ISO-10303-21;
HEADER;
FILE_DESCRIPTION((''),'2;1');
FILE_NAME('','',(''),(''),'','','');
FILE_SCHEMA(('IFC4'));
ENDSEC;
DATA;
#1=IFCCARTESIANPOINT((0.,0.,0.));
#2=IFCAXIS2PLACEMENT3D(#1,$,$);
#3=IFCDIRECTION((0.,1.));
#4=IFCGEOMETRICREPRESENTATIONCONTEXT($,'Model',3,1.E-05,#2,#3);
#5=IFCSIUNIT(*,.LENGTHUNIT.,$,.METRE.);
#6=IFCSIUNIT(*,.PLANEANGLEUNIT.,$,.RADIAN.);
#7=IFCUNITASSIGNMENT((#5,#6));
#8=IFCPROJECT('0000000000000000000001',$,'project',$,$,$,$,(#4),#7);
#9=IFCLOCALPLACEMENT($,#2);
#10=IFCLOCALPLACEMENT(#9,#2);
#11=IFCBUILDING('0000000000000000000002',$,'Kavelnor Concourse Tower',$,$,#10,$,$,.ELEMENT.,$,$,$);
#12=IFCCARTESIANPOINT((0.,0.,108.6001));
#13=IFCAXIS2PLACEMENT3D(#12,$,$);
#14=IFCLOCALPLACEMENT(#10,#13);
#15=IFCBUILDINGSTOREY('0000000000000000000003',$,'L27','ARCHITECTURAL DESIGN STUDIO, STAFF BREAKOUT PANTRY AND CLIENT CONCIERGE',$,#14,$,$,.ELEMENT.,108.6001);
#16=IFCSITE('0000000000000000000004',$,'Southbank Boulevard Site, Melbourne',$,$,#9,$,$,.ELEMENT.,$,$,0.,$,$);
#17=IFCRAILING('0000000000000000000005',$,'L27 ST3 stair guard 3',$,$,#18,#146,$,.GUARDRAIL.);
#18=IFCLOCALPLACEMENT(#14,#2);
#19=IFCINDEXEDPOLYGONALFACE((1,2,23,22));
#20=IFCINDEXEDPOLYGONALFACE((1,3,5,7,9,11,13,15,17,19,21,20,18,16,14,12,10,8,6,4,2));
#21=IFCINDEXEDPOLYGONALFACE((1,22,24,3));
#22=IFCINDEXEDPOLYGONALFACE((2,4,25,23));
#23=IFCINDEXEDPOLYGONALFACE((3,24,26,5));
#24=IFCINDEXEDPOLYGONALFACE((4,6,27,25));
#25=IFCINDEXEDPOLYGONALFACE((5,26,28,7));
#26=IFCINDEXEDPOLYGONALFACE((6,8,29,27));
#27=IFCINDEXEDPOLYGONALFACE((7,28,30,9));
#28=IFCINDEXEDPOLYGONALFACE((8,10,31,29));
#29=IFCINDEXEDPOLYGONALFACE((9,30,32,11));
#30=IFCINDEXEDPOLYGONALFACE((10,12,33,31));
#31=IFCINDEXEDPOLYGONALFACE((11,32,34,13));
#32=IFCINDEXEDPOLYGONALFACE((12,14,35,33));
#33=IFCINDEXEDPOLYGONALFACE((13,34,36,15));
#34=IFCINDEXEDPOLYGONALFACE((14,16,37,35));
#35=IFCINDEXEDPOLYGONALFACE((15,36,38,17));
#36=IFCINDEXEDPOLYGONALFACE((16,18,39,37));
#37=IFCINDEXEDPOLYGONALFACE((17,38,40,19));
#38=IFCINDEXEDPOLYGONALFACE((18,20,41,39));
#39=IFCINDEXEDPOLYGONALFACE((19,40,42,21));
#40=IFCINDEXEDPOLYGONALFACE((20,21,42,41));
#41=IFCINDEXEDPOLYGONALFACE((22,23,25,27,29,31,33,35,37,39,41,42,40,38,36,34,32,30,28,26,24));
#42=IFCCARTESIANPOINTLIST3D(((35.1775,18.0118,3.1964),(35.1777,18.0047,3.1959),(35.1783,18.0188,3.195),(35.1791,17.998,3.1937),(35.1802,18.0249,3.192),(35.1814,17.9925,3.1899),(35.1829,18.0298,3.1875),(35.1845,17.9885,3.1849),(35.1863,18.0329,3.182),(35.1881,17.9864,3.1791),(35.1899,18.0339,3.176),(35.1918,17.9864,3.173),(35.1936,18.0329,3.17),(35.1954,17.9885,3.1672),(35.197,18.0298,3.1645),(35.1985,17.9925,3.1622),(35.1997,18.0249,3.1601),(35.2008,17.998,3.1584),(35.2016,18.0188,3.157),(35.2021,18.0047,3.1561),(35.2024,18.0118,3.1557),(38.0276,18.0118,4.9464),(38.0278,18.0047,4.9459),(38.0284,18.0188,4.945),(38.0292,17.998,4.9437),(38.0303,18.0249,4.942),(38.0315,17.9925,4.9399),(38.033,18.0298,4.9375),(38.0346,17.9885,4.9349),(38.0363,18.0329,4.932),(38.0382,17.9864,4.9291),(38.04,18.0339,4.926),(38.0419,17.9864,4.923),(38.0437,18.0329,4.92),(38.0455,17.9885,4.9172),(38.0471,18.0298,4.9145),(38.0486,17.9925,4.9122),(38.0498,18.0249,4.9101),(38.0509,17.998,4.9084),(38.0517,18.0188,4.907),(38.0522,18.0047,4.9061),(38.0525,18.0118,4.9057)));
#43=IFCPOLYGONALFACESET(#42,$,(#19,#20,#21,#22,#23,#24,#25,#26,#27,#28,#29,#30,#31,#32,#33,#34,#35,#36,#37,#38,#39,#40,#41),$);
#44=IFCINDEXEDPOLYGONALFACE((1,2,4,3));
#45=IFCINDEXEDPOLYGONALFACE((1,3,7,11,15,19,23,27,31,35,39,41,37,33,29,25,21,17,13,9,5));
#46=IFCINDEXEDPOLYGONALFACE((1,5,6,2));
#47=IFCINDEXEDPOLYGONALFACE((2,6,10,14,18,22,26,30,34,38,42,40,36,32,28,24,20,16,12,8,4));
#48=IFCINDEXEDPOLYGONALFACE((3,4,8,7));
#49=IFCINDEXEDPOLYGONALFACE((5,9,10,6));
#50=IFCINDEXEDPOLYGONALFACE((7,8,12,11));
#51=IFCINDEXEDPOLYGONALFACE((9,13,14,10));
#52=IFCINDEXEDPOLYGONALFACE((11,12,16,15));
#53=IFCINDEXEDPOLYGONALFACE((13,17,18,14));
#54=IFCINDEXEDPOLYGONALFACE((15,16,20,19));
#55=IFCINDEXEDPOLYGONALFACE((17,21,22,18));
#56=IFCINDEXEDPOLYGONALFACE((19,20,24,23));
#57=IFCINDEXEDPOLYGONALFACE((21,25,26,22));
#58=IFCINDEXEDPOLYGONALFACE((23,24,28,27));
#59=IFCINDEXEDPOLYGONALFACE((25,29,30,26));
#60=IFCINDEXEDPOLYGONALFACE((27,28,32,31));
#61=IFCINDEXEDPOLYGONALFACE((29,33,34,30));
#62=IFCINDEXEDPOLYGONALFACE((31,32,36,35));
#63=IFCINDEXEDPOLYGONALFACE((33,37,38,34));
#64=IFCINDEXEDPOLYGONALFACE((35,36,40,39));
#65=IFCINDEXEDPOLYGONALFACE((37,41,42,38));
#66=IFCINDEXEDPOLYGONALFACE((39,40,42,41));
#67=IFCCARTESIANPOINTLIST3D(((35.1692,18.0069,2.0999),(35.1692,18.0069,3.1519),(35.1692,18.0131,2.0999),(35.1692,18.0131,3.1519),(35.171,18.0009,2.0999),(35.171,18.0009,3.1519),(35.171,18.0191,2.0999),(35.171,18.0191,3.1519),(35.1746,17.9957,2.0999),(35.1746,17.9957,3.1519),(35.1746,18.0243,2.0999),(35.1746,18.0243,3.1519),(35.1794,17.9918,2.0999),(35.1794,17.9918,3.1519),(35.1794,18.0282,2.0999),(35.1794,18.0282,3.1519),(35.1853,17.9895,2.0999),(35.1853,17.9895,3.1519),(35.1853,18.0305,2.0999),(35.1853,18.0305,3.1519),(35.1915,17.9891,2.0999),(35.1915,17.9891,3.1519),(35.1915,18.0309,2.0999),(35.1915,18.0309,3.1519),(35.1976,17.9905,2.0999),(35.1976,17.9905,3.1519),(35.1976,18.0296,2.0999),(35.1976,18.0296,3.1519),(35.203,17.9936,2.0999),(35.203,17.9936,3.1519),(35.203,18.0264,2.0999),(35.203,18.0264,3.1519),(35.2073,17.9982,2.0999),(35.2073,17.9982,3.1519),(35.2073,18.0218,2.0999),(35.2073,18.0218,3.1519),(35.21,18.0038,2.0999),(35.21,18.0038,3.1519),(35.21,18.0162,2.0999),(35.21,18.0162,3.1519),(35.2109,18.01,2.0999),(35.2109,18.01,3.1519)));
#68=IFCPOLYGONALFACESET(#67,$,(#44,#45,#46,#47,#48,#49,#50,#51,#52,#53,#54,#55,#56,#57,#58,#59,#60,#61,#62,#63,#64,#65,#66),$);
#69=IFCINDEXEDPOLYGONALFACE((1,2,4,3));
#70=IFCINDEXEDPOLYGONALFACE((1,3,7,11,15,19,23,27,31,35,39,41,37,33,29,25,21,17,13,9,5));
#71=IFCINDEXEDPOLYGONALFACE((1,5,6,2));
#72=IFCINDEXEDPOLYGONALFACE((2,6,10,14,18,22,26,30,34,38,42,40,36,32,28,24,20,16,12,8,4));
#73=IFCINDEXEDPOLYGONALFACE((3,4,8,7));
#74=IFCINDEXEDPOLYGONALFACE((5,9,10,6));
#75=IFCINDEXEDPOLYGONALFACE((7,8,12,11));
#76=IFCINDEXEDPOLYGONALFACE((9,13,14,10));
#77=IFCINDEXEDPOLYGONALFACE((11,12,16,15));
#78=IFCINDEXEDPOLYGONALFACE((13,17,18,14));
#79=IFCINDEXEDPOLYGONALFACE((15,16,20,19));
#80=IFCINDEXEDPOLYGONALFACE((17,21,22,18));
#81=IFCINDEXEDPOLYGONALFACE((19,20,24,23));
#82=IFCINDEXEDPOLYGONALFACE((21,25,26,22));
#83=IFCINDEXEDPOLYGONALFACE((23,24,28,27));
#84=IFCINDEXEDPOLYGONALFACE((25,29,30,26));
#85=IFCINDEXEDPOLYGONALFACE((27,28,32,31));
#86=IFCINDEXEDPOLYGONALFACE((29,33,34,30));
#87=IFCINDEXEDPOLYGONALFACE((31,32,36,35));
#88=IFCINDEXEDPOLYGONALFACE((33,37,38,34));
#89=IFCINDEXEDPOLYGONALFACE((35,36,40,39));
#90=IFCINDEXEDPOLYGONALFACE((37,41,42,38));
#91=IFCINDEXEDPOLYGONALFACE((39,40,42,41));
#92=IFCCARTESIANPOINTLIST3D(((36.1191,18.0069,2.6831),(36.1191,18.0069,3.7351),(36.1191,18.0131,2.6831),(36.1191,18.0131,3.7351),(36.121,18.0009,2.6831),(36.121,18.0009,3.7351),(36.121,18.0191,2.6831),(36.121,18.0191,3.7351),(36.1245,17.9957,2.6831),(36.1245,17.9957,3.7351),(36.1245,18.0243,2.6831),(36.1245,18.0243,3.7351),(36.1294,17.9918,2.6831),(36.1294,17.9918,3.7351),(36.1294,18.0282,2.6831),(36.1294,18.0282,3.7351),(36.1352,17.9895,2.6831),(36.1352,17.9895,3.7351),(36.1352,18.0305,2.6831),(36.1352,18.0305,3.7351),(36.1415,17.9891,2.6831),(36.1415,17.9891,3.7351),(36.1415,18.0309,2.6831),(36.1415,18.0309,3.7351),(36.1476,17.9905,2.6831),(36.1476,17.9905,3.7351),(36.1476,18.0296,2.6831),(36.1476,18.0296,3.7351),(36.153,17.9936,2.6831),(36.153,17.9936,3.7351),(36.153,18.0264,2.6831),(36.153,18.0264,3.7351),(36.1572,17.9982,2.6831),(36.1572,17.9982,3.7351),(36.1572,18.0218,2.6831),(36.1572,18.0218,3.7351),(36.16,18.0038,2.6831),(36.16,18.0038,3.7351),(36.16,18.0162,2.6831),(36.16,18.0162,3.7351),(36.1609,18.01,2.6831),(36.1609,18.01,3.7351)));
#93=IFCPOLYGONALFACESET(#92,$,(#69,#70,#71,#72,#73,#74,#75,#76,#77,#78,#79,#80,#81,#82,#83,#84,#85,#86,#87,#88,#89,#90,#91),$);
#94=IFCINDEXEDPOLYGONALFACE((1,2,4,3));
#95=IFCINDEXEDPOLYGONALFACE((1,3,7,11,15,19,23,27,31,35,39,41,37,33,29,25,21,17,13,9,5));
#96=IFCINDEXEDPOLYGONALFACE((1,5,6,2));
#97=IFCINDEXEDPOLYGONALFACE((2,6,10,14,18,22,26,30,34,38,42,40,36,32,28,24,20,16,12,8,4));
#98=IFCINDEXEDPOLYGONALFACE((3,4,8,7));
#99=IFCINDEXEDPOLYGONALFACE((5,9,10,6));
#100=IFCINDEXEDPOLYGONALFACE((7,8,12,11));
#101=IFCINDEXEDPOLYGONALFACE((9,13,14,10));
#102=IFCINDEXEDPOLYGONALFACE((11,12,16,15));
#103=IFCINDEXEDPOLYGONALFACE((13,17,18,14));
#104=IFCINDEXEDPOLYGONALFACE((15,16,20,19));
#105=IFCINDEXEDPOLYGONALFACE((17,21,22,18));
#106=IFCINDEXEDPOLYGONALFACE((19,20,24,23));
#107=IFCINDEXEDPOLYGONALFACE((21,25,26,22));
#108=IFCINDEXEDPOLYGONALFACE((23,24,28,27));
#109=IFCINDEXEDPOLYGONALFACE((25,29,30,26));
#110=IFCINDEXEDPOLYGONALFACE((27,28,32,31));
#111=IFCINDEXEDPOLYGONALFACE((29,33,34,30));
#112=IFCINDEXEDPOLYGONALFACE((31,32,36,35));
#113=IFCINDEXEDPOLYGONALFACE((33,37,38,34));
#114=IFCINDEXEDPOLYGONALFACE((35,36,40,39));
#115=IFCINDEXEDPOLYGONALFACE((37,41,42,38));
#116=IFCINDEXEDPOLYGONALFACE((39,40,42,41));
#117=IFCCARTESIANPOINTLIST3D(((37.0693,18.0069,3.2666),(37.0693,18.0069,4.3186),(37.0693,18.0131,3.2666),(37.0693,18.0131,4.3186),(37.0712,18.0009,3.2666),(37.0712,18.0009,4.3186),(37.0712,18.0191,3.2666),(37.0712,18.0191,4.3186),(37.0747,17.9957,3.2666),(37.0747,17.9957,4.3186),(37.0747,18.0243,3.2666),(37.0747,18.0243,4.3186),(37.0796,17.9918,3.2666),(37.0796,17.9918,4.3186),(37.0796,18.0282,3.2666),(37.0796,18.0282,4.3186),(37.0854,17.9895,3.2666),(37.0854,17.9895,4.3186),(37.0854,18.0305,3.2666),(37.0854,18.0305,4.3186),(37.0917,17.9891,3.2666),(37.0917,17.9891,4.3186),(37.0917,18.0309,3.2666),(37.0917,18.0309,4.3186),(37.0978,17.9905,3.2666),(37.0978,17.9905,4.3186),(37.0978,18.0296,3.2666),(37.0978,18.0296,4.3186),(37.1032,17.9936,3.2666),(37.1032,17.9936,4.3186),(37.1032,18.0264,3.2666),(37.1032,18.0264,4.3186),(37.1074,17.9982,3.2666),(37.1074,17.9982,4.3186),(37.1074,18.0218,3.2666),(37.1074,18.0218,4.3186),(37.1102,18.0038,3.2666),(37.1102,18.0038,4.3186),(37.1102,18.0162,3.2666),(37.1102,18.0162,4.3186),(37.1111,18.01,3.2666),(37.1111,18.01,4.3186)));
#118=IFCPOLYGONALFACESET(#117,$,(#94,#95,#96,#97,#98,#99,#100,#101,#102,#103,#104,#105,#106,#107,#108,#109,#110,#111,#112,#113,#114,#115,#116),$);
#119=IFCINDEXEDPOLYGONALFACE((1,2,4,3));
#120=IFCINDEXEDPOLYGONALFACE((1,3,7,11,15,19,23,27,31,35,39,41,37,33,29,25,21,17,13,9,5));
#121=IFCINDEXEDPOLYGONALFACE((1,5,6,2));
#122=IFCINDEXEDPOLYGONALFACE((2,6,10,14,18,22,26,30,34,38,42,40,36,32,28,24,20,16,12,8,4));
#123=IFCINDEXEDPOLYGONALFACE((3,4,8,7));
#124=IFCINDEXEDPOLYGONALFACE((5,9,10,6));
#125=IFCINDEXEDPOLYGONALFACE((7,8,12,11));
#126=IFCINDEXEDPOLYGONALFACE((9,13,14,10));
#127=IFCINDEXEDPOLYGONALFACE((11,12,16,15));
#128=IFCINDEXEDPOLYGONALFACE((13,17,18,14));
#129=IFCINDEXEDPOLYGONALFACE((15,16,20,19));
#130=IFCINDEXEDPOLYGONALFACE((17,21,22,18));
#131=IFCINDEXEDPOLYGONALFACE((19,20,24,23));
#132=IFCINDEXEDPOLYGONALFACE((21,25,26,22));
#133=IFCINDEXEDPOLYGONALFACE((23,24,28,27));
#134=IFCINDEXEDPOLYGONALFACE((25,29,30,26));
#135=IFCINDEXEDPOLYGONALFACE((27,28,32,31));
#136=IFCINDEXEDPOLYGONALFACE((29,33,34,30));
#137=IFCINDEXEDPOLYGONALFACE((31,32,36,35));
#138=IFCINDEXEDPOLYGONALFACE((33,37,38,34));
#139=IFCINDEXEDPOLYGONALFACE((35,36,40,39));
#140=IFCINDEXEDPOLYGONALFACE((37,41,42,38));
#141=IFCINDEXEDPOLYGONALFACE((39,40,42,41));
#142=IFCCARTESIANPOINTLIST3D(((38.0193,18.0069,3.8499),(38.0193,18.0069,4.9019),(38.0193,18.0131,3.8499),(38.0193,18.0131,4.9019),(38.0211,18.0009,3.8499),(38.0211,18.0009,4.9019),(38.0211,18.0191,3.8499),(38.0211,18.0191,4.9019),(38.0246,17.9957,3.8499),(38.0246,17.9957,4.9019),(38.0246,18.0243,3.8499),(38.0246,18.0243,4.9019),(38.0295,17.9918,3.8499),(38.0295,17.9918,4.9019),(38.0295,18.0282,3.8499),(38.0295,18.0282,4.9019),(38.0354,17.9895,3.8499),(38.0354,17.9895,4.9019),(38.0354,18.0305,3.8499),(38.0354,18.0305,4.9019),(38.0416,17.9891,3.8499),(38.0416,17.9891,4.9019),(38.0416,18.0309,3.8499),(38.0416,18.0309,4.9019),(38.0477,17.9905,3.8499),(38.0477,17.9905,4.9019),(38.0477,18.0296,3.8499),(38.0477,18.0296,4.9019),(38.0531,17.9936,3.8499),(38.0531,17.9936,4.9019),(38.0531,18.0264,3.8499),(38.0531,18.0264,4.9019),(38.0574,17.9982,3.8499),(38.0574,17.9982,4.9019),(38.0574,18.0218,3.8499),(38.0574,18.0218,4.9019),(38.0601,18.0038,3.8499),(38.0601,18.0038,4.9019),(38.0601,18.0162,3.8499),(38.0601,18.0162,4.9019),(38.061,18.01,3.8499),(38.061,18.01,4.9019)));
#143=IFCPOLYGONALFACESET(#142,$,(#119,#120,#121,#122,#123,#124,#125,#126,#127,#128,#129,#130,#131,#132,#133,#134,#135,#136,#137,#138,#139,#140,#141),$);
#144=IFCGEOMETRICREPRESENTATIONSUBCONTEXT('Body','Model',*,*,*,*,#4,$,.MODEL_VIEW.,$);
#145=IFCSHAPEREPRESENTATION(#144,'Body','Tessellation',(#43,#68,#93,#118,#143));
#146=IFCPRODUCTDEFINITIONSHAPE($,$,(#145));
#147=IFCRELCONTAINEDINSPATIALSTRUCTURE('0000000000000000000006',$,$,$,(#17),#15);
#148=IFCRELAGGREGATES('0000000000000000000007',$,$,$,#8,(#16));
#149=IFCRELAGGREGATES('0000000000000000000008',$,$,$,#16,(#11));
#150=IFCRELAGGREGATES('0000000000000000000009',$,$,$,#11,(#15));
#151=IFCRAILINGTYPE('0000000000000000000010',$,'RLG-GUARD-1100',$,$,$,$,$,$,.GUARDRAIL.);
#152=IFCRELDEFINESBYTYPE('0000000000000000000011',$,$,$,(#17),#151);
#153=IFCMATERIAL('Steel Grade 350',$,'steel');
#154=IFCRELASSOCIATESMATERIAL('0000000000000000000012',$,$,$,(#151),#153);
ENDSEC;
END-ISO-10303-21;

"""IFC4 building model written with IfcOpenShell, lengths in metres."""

from ifc_helpers import new_model, si_unit, direction, frame, origin, origin_2d, place, context, subcontext, project, spatial, circle, extrude, material, type_object, element, save


model = new_model("IFC4")

# Units and contexts
model_context = context("Model", 3, precision=1e-05, world=origin(), true_north=direction((0.0, 1.0)))
body_context = subcontext(model_context, "Body", "Model", "MODEL_VIEW")
ifc_project = project(units=[si_unit("LENGTHUNIT", "METRE"), si_unit("PLANEANGLEUNIT", "RADIAN")], contexts=[model_context])

# Site, building, storey
site_placement = place(None, origin())
site = spatial("IfcSite", under=ifc_project, at=site_placement, Name="Southbank Boulevard Site, Melbourne", CompositionType="ELEMENT", RefElevation=0.0)
building_placement = place(site_placement, origin())
building = spatial("IfcBuilding", under=site, at=building_placement, Name="Kavelnor Concourse Tower", CompositionType="ELEMENT")
storey_placement = place(building_placement, frame((0.0, 0.0, 108.6001)))
storey = spatial("IfcBuildingStorey", under=building, at=storey_placement, Name="L27", Description="ARCHITECTURAL DESIGN STUDIO, STAFF BREAKOUT PANTRY AND CLIENT CONCIERGE", CompositionType="ELEMENT", Elevation=108.6001)

# Shared definitions
ifc_material_1 = material(Name="Steel Grade 350", Category="steel")

# Railing
railing_type_1 = type_object("IfcRailingType", Name="RLG-GUARD-1100", PredefinedType="GUARDRAIL", material=ifc_material_1)
railing_1_placement = place(storey_placement, frame((35.1899, 18.01, 2.0999)))
element("IfcRailing", 1, at=railing_1_placement, inside=storey, type_object=railing_type_1, Name="L27 ST3 stair guard 3", PredefinedType="GUARDRAIL", context=body_context, shape_type="SweptSolid", body=[
    extrude(circle(Radius=0.0239, at=origin_2d()), frame((0.0, 0.0, 1.0762), z_axis=(0.852179, 0.0, 0.52325), x_axis=(0.0, 1.0, 0.0)), (0.0, 0.0, 1.0), 3.3445),
    extrude(circle(Radius=0.021, at=origin_2d()), origin(), (0.0, 0.0, 1.0), 1.052),
    extrude(circle(Radius=0.021, at=origin_2d()), frame((0.95, 0.0, 0.5833)), (0.0, 0.0, 1.0), 1.052),
    extrude(circle(Radius=0.021, at=origin_2d()), frame((1.9001, 0.0, 1.1667)), (0.0, 0.0, 1.0), 1.052),
    extrude(circle(Radius=0.021, at=origin_2d()), frame((2.8501, 0.0, 1.75)), (0.0, 0.0, 1.0), 1.052),
])

save(model, "model.ifc")
